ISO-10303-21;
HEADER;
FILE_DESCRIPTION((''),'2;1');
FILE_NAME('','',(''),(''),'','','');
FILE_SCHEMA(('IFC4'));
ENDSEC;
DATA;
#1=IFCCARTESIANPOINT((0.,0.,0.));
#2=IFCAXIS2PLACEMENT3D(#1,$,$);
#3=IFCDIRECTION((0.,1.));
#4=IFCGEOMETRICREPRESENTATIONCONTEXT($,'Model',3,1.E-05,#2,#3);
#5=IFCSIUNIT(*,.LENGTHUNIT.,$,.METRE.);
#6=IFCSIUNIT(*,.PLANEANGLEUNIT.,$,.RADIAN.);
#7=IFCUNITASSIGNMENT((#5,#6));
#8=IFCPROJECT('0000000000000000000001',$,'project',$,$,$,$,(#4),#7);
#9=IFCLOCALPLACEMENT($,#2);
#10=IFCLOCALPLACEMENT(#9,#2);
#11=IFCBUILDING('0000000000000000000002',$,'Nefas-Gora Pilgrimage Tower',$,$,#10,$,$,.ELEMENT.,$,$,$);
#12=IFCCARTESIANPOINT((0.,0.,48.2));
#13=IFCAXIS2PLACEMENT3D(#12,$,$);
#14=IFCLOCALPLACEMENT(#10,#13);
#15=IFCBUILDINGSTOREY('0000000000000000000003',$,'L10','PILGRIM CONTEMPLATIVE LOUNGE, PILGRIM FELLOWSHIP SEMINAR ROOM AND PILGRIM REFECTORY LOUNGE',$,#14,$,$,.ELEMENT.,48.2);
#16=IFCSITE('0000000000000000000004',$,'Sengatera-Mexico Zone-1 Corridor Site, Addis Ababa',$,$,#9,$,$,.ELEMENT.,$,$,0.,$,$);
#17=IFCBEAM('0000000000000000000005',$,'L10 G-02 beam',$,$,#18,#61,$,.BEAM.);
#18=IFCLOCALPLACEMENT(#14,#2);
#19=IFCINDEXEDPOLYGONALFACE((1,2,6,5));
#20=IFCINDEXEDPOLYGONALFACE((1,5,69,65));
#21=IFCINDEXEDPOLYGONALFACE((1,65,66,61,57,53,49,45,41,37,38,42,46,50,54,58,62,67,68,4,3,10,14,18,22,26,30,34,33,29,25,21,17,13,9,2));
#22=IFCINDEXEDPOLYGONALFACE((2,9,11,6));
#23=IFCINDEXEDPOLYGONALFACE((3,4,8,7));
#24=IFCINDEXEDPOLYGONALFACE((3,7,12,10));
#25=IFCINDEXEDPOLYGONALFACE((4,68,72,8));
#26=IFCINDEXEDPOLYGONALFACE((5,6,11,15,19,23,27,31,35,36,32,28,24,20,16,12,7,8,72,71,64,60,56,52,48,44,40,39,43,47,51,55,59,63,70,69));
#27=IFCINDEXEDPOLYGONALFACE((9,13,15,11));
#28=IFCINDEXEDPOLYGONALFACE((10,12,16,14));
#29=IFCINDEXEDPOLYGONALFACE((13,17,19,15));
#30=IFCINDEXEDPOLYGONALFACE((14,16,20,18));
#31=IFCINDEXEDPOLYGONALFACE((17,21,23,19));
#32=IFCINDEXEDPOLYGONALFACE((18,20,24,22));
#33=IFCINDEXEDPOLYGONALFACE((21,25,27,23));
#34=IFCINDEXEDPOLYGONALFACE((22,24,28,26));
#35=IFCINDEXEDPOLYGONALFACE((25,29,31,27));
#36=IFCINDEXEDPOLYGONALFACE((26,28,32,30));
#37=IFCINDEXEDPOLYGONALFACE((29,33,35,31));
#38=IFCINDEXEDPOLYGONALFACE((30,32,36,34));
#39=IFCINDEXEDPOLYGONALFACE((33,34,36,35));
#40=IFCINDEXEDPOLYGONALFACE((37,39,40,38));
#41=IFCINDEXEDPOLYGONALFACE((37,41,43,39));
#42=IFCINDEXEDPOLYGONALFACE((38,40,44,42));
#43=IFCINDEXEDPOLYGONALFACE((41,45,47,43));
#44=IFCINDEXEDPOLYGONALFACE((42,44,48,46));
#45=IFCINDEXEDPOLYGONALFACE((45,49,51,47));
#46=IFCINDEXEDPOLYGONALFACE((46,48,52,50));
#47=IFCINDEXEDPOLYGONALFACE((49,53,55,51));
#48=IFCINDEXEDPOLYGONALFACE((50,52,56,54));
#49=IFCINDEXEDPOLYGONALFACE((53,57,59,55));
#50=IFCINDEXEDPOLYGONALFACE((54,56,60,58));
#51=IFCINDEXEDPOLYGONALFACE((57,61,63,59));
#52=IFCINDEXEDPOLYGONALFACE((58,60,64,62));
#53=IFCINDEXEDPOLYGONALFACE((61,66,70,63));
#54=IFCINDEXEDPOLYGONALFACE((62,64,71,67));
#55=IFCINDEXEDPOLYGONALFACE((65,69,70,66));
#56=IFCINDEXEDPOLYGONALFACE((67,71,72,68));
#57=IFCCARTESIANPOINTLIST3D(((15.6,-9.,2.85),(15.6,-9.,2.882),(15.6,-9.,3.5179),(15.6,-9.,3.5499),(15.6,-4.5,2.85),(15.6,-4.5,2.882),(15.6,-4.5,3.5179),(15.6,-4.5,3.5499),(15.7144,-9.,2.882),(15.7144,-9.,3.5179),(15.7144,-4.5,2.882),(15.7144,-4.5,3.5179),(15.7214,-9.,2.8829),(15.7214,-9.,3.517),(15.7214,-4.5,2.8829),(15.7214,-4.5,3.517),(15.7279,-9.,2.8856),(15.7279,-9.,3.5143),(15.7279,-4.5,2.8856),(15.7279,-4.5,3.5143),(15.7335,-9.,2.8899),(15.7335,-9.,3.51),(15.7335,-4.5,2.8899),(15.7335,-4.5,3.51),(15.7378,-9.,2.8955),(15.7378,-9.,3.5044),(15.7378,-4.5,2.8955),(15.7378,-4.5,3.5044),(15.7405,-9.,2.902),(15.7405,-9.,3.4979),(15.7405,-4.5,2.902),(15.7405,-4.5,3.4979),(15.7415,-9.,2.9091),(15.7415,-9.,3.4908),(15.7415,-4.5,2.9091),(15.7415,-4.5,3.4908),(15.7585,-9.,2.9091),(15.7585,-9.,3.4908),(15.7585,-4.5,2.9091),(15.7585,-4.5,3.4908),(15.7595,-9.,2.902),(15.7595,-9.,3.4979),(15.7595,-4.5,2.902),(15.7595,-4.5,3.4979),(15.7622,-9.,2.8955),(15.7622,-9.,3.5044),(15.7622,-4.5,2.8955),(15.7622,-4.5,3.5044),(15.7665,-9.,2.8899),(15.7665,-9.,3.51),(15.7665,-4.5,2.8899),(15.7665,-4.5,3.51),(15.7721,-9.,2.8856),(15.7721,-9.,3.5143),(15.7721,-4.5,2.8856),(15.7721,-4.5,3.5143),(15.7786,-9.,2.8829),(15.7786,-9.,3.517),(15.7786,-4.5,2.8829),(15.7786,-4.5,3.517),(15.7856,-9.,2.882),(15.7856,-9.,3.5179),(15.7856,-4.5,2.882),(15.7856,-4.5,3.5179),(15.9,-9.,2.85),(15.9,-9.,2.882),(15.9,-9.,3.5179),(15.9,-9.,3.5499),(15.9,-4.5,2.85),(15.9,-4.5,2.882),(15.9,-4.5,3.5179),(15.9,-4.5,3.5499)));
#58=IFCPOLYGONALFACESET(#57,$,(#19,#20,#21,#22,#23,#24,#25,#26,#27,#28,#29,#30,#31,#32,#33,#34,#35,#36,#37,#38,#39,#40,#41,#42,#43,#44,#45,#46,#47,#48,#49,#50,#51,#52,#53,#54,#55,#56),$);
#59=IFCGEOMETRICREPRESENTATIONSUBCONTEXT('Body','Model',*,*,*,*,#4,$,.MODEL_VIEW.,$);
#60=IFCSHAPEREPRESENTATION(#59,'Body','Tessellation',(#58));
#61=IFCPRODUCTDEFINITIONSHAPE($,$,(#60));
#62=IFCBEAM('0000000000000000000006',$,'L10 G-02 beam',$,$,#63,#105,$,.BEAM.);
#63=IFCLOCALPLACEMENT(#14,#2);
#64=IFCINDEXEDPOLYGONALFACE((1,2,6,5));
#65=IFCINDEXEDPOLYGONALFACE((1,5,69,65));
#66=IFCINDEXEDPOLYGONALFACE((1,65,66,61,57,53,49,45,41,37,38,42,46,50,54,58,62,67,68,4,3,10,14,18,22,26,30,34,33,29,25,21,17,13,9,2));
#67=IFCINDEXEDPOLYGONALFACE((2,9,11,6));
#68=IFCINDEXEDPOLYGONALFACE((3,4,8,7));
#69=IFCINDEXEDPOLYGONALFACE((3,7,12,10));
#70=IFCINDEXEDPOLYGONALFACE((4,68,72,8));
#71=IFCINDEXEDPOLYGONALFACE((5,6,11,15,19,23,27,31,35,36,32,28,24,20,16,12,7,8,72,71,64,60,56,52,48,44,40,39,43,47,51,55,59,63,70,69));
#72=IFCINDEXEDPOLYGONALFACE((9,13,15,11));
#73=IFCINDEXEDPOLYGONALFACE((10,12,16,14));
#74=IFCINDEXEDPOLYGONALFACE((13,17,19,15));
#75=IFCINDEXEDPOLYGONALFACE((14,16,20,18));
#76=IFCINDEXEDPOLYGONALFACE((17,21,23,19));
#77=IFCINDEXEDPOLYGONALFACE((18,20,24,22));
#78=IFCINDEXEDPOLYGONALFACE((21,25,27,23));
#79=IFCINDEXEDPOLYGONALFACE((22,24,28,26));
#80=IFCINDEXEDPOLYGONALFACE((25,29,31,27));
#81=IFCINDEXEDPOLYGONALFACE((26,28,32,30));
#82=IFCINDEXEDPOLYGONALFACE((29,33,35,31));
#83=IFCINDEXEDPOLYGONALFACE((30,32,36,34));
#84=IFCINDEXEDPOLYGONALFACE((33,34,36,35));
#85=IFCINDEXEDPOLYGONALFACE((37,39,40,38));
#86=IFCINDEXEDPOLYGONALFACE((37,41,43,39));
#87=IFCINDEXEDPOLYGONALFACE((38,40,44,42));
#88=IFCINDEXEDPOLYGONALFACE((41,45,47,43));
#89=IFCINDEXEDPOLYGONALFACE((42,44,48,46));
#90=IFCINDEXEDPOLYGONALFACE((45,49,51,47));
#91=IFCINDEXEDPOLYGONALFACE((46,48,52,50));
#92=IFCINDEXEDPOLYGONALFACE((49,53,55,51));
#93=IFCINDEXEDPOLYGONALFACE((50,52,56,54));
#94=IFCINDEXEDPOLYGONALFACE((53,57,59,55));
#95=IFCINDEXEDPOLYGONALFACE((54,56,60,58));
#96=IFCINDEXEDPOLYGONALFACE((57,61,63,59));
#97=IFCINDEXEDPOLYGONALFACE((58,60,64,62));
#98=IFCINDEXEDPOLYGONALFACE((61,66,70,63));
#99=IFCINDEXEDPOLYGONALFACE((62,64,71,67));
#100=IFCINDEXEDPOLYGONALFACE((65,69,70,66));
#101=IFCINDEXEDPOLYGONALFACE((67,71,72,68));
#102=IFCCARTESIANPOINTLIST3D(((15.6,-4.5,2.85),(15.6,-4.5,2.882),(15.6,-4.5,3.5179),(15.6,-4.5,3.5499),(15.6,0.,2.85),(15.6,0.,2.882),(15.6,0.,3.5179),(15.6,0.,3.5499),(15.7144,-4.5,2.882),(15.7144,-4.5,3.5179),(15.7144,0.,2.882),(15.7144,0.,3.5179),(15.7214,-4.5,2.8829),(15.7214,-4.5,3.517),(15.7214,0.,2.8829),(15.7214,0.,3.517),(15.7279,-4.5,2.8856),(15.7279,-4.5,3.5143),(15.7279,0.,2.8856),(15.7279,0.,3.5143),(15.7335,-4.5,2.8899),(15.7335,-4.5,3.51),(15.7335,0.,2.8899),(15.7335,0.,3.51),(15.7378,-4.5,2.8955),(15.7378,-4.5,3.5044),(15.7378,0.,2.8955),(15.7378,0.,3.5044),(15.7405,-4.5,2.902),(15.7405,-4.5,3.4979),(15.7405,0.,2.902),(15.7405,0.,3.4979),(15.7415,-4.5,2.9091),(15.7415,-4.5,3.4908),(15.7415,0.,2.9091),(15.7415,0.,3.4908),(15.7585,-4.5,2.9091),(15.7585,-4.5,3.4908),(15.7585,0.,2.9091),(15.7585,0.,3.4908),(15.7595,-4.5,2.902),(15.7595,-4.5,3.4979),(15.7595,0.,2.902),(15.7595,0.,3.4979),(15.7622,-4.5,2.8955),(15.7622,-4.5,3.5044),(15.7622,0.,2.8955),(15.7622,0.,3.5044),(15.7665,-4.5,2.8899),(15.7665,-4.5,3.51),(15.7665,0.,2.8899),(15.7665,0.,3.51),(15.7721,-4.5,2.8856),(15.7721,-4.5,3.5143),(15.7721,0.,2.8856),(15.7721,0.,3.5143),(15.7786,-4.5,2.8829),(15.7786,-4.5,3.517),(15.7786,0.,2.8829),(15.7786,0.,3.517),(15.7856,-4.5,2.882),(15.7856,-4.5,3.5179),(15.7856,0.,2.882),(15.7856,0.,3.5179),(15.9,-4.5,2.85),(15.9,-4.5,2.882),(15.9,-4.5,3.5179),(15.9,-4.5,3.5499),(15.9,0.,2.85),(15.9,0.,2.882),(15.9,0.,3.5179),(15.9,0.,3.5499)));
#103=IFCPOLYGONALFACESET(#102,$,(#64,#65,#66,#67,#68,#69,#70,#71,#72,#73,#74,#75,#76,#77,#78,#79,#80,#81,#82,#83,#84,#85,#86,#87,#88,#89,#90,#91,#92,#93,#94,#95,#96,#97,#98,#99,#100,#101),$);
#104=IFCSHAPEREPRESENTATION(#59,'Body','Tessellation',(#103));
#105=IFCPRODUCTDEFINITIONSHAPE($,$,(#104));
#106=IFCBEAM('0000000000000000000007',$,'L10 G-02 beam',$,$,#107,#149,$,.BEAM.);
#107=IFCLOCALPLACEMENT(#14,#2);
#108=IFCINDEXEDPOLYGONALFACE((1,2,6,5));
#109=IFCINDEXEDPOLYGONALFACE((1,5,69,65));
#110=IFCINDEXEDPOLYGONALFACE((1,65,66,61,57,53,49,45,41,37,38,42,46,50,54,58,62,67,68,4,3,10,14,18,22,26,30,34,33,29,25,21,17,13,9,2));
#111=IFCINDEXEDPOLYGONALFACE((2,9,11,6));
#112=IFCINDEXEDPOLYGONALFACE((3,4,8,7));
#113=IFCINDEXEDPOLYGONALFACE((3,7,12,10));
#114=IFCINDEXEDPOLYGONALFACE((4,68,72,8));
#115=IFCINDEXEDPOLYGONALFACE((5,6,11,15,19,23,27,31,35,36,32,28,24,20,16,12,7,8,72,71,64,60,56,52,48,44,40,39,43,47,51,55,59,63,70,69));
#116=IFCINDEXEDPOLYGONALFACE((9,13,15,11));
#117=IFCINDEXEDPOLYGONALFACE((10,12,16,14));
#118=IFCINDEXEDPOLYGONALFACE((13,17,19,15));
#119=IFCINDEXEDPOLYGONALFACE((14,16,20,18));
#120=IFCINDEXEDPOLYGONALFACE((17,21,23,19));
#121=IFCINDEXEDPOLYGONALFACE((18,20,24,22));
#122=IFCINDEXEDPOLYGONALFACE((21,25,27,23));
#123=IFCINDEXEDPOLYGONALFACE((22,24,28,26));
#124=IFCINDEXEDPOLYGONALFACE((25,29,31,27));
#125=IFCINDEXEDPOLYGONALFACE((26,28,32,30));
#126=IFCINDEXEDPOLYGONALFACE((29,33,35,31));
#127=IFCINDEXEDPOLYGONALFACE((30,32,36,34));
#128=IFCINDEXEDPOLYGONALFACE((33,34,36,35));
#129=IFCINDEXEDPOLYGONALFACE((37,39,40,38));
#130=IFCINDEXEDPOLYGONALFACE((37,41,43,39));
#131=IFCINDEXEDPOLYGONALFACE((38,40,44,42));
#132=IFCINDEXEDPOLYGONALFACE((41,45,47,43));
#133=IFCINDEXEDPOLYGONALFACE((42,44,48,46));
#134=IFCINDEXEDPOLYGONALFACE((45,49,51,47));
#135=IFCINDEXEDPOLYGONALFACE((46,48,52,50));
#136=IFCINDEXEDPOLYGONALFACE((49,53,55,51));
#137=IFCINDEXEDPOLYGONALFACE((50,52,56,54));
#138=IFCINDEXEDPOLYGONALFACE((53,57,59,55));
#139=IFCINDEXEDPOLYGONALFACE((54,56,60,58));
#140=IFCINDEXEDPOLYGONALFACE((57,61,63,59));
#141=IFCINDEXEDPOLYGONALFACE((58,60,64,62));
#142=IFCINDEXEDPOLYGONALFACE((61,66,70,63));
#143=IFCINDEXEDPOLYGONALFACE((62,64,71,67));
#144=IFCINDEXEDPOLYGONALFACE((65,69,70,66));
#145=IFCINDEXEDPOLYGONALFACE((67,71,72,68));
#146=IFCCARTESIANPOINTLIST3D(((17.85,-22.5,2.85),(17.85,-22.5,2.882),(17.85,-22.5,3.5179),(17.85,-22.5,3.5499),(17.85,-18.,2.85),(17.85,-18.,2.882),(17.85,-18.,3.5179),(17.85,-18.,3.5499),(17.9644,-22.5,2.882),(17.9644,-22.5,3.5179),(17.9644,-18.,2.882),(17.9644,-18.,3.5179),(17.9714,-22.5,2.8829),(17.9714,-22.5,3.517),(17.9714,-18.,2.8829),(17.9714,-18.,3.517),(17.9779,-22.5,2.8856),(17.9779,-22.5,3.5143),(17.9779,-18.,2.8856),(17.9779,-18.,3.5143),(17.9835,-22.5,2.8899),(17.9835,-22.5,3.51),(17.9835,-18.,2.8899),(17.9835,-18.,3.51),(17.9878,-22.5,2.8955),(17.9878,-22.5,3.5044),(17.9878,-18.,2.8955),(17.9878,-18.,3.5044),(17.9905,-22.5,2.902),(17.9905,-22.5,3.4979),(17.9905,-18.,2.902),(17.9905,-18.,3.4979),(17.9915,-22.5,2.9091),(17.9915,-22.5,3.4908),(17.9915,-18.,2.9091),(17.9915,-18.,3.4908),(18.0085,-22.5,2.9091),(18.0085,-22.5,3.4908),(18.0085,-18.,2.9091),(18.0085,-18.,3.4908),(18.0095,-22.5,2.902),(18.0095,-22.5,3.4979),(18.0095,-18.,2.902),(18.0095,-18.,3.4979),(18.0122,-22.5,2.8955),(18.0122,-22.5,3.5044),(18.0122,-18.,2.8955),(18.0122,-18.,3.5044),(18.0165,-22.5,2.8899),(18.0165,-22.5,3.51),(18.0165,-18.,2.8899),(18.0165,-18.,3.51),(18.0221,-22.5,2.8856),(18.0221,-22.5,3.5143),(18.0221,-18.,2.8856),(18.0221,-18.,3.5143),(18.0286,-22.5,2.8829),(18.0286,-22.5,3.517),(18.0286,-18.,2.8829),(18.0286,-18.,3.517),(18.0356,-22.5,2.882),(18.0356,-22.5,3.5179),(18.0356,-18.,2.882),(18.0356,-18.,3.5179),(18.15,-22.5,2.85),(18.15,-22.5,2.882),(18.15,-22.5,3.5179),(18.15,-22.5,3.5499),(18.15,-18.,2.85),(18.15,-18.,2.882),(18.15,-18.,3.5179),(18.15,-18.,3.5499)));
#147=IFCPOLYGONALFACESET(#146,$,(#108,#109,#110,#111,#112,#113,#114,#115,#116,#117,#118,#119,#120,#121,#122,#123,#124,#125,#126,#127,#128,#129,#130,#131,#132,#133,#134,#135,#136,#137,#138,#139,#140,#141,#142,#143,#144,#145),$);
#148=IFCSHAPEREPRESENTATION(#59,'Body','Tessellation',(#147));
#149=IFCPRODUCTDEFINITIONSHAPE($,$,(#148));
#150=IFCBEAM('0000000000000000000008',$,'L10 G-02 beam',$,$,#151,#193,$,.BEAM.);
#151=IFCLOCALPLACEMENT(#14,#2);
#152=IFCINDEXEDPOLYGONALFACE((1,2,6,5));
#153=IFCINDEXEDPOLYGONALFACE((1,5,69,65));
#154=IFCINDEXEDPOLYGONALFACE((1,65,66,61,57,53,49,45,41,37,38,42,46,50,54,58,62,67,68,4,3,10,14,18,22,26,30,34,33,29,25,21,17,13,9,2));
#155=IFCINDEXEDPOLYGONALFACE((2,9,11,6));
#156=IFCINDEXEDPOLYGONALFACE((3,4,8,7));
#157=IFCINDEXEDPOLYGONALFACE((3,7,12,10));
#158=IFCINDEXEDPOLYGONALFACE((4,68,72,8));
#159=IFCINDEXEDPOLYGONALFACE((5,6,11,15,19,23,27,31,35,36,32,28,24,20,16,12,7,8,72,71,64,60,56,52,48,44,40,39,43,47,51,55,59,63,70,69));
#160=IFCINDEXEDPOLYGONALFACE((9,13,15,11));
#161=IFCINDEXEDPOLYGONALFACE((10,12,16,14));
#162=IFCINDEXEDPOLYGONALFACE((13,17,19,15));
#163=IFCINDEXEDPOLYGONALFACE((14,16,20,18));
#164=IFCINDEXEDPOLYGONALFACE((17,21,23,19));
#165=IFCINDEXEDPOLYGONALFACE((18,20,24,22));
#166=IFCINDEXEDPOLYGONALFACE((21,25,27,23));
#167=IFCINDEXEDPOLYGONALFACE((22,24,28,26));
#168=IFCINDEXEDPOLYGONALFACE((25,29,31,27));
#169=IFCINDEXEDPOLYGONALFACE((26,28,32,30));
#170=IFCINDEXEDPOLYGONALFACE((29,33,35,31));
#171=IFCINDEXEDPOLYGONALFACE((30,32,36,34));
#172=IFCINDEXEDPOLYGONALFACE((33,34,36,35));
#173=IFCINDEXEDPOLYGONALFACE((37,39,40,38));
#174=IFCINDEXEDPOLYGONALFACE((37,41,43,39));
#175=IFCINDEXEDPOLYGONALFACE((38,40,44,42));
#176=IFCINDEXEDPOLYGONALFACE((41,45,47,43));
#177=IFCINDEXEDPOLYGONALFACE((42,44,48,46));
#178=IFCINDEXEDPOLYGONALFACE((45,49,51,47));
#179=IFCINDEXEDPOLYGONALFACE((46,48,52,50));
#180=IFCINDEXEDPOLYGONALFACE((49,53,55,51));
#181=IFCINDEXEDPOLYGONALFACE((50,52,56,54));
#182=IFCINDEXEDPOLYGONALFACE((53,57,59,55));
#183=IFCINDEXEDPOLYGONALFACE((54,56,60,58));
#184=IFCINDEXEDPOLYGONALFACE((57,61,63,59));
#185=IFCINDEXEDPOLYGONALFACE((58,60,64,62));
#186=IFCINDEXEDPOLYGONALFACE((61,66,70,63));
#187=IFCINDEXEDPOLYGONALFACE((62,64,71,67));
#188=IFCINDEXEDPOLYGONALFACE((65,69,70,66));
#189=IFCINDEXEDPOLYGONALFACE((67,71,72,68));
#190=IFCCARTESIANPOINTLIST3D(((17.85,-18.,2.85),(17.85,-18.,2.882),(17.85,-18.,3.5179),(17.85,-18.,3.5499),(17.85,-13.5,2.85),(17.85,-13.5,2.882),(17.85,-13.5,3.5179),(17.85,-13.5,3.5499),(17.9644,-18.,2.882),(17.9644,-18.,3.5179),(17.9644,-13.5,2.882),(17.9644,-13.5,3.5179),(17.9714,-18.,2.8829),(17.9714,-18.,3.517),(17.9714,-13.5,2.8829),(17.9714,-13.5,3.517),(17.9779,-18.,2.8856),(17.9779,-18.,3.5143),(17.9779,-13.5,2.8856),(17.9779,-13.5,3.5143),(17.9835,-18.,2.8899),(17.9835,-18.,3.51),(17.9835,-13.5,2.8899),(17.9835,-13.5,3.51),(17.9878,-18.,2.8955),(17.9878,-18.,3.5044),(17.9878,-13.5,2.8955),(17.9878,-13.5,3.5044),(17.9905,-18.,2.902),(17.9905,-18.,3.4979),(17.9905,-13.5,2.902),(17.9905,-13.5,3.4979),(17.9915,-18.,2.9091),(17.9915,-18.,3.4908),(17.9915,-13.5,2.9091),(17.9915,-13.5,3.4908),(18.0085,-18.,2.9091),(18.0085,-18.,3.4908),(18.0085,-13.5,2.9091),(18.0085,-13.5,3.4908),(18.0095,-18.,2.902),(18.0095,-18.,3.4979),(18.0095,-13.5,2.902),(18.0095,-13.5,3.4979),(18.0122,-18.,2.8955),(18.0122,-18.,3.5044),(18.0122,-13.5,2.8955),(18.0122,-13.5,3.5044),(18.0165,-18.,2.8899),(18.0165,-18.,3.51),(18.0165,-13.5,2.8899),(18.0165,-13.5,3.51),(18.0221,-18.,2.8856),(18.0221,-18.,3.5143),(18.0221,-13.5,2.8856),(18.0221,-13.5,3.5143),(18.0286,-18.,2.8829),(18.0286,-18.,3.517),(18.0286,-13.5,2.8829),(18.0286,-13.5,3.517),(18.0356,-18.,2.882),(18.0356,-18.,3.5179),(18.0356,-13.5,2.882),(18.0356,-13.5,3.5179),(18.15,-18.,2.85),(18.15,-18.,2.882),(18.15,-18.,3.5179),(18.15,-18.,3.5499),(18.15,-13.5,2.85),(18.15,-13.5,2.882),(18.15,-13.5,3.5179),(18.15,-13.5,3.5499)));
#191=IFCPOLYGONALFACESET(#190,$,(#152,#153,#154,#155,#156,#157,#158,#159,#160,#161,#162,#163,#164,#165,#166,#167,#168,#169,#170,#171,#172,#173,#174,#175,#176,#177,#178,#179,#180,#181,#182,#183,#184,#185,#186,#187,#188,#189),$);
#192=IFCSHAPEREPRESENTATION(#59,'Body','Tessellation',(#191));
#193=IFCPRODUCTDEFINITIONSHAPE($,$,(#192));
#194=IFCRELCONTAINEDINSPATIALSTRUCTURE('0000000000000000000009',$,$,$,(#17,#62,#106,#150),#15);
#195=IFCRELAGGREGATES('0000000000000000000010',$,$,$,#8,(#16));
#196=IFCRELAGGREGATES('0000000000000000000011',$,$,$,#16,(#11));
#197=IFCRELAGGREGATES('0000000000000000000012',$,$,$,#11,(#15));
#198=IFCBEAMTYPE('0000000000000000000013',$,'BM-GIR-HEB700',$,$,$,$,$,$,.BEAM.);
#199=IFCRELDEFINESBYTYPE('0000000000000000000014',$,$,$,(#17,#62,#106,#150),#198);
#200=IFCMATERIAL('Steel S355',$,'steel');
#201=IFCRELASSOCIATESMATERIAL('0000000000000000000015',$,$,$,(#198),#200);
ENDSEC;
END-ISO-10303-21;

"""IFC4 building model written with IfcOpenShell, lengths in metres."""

from ifc_helpers import new_model, si_unit, direction, frame, origin, origin_2d, place, context, subcontext, project, spatial, i_section, extrude, source, transform, mapped, material, material_profile, profile_set, type_object, element, save


model = new_model("IFC4")

# Units and contexts
model_context = context("Model", 3, precision=1e-05, world=origin(), true_north=direction((0.0, 1.0)))
body_context = subcontext(model_context, "Body", "Model", "MODEL_VIEW")
ifc_project = project(units=[si_unit("LENGTHUNIT", "METRE"), si_unit("PLANEANGLEUNIT", "RADIAN")], contexts=[model_context])

# Site, building, storey
site_placement = place(None, origin())
site = spatial("IfcSite", under=ifc_project, at=site_placement, Name="Sengatera-Mexico Zone-1 Corridor Site, Addis Ababa", CompositionType="ELEMENT", RefElevation=0.0)
building_placement = place(site_placement, origin())
building = spatial("IfcBuilding", under=site, at=building_placement, Name="Nefas-Gora Pilgrimage Tower", CompositionType="ELEMENT")
storey_placement = place(building_placement, frame((0.0, 0.0, 48.2)))
storey = spatial("IfcBuildingStorey", under=building, at=storey_placement, Name="L10", Description="PILGRIM CONTEMPLATIVE LOUNGE, PILGRIM FELLOWSHIP SEMINAR ROOM AND PILGRIM REFECTORY LOUNGE", CompositionType="ELEMENT", Elevation=48.2)

# Beams
ifc_material_1 = material(Name="Steel S355", Category="steel")
ifc_material_profile_1 = material_profile(ifc_material_1, i_section(OverallWidth=0.3, OverallDepth=0.7, WebThickness=0.0171, FlangeThickness=0.032, FilletRadius=0.0271, at=origin_2d()), Name="HEB 700")
ifc_profile_set_1 = profile_set([ifc_material_profile_1], Name="Steel S355")
beam_type_1 = type_object("IfcBeamType", Name="BM-GIR-HEB700", PredefinedType="BEAM", material=ifc_profile_set_1)
shared_shape_1 = source(origin(), body_context, "Body", "SweptSolid", [
    extrude(i_section(OverallWidth=0.3, OverallDepth=0.7, WebThickness=0.0171, FlangeThickness=0.032, FilletRadius=0.0271, at=origin_2d()), origin(), (0.0, 0.0, 1.0), 4.5),
])
for number, where, z_axis, x_axis, name in (
    (1, (15.75, -9.0, 3.2), (0.0, 1.0, 0.0), (-1.0, 0.0, 0.0), "L10 G-02 beam"),
    (2, (15.75, -4.5, 3.2), (0.0, 1.0, 0.0), (-1.0, 0.0, 0.0), "L10 G-02 beam"),
    (3, (18.0, -22.5, 3.2), (0.0, 1.0, 0.0), (-1.0, 0.0, 0.0), "L10 G-02 beam"),
    (4, (18.0, -18.0, 3.2), (0.0, 1.0, 0.0), (-1.0, 0.0, 0.0), "L10 G-02 beam"),
):
    element("IfcBeam", number, at=place(storey_placement, frame(where, z_axis=z_axis, x_axis=x_axis)), inside=storey, type_object=beam_type_1, Name=name, PredefinedType="BEAM", context=body_context, shape_type="MappedRepresentation", body=[
        mapped(shared_shape_1, transform((0.0, 0.0, 0.0), x_axis=(1.0, 0.0, 0.0), y_axis=(0.0, 1.0, 0.0), z_axis=(0.0, 0.0, 1.0), scale=1.0)),
    ])

save(model, "model.ifc")
